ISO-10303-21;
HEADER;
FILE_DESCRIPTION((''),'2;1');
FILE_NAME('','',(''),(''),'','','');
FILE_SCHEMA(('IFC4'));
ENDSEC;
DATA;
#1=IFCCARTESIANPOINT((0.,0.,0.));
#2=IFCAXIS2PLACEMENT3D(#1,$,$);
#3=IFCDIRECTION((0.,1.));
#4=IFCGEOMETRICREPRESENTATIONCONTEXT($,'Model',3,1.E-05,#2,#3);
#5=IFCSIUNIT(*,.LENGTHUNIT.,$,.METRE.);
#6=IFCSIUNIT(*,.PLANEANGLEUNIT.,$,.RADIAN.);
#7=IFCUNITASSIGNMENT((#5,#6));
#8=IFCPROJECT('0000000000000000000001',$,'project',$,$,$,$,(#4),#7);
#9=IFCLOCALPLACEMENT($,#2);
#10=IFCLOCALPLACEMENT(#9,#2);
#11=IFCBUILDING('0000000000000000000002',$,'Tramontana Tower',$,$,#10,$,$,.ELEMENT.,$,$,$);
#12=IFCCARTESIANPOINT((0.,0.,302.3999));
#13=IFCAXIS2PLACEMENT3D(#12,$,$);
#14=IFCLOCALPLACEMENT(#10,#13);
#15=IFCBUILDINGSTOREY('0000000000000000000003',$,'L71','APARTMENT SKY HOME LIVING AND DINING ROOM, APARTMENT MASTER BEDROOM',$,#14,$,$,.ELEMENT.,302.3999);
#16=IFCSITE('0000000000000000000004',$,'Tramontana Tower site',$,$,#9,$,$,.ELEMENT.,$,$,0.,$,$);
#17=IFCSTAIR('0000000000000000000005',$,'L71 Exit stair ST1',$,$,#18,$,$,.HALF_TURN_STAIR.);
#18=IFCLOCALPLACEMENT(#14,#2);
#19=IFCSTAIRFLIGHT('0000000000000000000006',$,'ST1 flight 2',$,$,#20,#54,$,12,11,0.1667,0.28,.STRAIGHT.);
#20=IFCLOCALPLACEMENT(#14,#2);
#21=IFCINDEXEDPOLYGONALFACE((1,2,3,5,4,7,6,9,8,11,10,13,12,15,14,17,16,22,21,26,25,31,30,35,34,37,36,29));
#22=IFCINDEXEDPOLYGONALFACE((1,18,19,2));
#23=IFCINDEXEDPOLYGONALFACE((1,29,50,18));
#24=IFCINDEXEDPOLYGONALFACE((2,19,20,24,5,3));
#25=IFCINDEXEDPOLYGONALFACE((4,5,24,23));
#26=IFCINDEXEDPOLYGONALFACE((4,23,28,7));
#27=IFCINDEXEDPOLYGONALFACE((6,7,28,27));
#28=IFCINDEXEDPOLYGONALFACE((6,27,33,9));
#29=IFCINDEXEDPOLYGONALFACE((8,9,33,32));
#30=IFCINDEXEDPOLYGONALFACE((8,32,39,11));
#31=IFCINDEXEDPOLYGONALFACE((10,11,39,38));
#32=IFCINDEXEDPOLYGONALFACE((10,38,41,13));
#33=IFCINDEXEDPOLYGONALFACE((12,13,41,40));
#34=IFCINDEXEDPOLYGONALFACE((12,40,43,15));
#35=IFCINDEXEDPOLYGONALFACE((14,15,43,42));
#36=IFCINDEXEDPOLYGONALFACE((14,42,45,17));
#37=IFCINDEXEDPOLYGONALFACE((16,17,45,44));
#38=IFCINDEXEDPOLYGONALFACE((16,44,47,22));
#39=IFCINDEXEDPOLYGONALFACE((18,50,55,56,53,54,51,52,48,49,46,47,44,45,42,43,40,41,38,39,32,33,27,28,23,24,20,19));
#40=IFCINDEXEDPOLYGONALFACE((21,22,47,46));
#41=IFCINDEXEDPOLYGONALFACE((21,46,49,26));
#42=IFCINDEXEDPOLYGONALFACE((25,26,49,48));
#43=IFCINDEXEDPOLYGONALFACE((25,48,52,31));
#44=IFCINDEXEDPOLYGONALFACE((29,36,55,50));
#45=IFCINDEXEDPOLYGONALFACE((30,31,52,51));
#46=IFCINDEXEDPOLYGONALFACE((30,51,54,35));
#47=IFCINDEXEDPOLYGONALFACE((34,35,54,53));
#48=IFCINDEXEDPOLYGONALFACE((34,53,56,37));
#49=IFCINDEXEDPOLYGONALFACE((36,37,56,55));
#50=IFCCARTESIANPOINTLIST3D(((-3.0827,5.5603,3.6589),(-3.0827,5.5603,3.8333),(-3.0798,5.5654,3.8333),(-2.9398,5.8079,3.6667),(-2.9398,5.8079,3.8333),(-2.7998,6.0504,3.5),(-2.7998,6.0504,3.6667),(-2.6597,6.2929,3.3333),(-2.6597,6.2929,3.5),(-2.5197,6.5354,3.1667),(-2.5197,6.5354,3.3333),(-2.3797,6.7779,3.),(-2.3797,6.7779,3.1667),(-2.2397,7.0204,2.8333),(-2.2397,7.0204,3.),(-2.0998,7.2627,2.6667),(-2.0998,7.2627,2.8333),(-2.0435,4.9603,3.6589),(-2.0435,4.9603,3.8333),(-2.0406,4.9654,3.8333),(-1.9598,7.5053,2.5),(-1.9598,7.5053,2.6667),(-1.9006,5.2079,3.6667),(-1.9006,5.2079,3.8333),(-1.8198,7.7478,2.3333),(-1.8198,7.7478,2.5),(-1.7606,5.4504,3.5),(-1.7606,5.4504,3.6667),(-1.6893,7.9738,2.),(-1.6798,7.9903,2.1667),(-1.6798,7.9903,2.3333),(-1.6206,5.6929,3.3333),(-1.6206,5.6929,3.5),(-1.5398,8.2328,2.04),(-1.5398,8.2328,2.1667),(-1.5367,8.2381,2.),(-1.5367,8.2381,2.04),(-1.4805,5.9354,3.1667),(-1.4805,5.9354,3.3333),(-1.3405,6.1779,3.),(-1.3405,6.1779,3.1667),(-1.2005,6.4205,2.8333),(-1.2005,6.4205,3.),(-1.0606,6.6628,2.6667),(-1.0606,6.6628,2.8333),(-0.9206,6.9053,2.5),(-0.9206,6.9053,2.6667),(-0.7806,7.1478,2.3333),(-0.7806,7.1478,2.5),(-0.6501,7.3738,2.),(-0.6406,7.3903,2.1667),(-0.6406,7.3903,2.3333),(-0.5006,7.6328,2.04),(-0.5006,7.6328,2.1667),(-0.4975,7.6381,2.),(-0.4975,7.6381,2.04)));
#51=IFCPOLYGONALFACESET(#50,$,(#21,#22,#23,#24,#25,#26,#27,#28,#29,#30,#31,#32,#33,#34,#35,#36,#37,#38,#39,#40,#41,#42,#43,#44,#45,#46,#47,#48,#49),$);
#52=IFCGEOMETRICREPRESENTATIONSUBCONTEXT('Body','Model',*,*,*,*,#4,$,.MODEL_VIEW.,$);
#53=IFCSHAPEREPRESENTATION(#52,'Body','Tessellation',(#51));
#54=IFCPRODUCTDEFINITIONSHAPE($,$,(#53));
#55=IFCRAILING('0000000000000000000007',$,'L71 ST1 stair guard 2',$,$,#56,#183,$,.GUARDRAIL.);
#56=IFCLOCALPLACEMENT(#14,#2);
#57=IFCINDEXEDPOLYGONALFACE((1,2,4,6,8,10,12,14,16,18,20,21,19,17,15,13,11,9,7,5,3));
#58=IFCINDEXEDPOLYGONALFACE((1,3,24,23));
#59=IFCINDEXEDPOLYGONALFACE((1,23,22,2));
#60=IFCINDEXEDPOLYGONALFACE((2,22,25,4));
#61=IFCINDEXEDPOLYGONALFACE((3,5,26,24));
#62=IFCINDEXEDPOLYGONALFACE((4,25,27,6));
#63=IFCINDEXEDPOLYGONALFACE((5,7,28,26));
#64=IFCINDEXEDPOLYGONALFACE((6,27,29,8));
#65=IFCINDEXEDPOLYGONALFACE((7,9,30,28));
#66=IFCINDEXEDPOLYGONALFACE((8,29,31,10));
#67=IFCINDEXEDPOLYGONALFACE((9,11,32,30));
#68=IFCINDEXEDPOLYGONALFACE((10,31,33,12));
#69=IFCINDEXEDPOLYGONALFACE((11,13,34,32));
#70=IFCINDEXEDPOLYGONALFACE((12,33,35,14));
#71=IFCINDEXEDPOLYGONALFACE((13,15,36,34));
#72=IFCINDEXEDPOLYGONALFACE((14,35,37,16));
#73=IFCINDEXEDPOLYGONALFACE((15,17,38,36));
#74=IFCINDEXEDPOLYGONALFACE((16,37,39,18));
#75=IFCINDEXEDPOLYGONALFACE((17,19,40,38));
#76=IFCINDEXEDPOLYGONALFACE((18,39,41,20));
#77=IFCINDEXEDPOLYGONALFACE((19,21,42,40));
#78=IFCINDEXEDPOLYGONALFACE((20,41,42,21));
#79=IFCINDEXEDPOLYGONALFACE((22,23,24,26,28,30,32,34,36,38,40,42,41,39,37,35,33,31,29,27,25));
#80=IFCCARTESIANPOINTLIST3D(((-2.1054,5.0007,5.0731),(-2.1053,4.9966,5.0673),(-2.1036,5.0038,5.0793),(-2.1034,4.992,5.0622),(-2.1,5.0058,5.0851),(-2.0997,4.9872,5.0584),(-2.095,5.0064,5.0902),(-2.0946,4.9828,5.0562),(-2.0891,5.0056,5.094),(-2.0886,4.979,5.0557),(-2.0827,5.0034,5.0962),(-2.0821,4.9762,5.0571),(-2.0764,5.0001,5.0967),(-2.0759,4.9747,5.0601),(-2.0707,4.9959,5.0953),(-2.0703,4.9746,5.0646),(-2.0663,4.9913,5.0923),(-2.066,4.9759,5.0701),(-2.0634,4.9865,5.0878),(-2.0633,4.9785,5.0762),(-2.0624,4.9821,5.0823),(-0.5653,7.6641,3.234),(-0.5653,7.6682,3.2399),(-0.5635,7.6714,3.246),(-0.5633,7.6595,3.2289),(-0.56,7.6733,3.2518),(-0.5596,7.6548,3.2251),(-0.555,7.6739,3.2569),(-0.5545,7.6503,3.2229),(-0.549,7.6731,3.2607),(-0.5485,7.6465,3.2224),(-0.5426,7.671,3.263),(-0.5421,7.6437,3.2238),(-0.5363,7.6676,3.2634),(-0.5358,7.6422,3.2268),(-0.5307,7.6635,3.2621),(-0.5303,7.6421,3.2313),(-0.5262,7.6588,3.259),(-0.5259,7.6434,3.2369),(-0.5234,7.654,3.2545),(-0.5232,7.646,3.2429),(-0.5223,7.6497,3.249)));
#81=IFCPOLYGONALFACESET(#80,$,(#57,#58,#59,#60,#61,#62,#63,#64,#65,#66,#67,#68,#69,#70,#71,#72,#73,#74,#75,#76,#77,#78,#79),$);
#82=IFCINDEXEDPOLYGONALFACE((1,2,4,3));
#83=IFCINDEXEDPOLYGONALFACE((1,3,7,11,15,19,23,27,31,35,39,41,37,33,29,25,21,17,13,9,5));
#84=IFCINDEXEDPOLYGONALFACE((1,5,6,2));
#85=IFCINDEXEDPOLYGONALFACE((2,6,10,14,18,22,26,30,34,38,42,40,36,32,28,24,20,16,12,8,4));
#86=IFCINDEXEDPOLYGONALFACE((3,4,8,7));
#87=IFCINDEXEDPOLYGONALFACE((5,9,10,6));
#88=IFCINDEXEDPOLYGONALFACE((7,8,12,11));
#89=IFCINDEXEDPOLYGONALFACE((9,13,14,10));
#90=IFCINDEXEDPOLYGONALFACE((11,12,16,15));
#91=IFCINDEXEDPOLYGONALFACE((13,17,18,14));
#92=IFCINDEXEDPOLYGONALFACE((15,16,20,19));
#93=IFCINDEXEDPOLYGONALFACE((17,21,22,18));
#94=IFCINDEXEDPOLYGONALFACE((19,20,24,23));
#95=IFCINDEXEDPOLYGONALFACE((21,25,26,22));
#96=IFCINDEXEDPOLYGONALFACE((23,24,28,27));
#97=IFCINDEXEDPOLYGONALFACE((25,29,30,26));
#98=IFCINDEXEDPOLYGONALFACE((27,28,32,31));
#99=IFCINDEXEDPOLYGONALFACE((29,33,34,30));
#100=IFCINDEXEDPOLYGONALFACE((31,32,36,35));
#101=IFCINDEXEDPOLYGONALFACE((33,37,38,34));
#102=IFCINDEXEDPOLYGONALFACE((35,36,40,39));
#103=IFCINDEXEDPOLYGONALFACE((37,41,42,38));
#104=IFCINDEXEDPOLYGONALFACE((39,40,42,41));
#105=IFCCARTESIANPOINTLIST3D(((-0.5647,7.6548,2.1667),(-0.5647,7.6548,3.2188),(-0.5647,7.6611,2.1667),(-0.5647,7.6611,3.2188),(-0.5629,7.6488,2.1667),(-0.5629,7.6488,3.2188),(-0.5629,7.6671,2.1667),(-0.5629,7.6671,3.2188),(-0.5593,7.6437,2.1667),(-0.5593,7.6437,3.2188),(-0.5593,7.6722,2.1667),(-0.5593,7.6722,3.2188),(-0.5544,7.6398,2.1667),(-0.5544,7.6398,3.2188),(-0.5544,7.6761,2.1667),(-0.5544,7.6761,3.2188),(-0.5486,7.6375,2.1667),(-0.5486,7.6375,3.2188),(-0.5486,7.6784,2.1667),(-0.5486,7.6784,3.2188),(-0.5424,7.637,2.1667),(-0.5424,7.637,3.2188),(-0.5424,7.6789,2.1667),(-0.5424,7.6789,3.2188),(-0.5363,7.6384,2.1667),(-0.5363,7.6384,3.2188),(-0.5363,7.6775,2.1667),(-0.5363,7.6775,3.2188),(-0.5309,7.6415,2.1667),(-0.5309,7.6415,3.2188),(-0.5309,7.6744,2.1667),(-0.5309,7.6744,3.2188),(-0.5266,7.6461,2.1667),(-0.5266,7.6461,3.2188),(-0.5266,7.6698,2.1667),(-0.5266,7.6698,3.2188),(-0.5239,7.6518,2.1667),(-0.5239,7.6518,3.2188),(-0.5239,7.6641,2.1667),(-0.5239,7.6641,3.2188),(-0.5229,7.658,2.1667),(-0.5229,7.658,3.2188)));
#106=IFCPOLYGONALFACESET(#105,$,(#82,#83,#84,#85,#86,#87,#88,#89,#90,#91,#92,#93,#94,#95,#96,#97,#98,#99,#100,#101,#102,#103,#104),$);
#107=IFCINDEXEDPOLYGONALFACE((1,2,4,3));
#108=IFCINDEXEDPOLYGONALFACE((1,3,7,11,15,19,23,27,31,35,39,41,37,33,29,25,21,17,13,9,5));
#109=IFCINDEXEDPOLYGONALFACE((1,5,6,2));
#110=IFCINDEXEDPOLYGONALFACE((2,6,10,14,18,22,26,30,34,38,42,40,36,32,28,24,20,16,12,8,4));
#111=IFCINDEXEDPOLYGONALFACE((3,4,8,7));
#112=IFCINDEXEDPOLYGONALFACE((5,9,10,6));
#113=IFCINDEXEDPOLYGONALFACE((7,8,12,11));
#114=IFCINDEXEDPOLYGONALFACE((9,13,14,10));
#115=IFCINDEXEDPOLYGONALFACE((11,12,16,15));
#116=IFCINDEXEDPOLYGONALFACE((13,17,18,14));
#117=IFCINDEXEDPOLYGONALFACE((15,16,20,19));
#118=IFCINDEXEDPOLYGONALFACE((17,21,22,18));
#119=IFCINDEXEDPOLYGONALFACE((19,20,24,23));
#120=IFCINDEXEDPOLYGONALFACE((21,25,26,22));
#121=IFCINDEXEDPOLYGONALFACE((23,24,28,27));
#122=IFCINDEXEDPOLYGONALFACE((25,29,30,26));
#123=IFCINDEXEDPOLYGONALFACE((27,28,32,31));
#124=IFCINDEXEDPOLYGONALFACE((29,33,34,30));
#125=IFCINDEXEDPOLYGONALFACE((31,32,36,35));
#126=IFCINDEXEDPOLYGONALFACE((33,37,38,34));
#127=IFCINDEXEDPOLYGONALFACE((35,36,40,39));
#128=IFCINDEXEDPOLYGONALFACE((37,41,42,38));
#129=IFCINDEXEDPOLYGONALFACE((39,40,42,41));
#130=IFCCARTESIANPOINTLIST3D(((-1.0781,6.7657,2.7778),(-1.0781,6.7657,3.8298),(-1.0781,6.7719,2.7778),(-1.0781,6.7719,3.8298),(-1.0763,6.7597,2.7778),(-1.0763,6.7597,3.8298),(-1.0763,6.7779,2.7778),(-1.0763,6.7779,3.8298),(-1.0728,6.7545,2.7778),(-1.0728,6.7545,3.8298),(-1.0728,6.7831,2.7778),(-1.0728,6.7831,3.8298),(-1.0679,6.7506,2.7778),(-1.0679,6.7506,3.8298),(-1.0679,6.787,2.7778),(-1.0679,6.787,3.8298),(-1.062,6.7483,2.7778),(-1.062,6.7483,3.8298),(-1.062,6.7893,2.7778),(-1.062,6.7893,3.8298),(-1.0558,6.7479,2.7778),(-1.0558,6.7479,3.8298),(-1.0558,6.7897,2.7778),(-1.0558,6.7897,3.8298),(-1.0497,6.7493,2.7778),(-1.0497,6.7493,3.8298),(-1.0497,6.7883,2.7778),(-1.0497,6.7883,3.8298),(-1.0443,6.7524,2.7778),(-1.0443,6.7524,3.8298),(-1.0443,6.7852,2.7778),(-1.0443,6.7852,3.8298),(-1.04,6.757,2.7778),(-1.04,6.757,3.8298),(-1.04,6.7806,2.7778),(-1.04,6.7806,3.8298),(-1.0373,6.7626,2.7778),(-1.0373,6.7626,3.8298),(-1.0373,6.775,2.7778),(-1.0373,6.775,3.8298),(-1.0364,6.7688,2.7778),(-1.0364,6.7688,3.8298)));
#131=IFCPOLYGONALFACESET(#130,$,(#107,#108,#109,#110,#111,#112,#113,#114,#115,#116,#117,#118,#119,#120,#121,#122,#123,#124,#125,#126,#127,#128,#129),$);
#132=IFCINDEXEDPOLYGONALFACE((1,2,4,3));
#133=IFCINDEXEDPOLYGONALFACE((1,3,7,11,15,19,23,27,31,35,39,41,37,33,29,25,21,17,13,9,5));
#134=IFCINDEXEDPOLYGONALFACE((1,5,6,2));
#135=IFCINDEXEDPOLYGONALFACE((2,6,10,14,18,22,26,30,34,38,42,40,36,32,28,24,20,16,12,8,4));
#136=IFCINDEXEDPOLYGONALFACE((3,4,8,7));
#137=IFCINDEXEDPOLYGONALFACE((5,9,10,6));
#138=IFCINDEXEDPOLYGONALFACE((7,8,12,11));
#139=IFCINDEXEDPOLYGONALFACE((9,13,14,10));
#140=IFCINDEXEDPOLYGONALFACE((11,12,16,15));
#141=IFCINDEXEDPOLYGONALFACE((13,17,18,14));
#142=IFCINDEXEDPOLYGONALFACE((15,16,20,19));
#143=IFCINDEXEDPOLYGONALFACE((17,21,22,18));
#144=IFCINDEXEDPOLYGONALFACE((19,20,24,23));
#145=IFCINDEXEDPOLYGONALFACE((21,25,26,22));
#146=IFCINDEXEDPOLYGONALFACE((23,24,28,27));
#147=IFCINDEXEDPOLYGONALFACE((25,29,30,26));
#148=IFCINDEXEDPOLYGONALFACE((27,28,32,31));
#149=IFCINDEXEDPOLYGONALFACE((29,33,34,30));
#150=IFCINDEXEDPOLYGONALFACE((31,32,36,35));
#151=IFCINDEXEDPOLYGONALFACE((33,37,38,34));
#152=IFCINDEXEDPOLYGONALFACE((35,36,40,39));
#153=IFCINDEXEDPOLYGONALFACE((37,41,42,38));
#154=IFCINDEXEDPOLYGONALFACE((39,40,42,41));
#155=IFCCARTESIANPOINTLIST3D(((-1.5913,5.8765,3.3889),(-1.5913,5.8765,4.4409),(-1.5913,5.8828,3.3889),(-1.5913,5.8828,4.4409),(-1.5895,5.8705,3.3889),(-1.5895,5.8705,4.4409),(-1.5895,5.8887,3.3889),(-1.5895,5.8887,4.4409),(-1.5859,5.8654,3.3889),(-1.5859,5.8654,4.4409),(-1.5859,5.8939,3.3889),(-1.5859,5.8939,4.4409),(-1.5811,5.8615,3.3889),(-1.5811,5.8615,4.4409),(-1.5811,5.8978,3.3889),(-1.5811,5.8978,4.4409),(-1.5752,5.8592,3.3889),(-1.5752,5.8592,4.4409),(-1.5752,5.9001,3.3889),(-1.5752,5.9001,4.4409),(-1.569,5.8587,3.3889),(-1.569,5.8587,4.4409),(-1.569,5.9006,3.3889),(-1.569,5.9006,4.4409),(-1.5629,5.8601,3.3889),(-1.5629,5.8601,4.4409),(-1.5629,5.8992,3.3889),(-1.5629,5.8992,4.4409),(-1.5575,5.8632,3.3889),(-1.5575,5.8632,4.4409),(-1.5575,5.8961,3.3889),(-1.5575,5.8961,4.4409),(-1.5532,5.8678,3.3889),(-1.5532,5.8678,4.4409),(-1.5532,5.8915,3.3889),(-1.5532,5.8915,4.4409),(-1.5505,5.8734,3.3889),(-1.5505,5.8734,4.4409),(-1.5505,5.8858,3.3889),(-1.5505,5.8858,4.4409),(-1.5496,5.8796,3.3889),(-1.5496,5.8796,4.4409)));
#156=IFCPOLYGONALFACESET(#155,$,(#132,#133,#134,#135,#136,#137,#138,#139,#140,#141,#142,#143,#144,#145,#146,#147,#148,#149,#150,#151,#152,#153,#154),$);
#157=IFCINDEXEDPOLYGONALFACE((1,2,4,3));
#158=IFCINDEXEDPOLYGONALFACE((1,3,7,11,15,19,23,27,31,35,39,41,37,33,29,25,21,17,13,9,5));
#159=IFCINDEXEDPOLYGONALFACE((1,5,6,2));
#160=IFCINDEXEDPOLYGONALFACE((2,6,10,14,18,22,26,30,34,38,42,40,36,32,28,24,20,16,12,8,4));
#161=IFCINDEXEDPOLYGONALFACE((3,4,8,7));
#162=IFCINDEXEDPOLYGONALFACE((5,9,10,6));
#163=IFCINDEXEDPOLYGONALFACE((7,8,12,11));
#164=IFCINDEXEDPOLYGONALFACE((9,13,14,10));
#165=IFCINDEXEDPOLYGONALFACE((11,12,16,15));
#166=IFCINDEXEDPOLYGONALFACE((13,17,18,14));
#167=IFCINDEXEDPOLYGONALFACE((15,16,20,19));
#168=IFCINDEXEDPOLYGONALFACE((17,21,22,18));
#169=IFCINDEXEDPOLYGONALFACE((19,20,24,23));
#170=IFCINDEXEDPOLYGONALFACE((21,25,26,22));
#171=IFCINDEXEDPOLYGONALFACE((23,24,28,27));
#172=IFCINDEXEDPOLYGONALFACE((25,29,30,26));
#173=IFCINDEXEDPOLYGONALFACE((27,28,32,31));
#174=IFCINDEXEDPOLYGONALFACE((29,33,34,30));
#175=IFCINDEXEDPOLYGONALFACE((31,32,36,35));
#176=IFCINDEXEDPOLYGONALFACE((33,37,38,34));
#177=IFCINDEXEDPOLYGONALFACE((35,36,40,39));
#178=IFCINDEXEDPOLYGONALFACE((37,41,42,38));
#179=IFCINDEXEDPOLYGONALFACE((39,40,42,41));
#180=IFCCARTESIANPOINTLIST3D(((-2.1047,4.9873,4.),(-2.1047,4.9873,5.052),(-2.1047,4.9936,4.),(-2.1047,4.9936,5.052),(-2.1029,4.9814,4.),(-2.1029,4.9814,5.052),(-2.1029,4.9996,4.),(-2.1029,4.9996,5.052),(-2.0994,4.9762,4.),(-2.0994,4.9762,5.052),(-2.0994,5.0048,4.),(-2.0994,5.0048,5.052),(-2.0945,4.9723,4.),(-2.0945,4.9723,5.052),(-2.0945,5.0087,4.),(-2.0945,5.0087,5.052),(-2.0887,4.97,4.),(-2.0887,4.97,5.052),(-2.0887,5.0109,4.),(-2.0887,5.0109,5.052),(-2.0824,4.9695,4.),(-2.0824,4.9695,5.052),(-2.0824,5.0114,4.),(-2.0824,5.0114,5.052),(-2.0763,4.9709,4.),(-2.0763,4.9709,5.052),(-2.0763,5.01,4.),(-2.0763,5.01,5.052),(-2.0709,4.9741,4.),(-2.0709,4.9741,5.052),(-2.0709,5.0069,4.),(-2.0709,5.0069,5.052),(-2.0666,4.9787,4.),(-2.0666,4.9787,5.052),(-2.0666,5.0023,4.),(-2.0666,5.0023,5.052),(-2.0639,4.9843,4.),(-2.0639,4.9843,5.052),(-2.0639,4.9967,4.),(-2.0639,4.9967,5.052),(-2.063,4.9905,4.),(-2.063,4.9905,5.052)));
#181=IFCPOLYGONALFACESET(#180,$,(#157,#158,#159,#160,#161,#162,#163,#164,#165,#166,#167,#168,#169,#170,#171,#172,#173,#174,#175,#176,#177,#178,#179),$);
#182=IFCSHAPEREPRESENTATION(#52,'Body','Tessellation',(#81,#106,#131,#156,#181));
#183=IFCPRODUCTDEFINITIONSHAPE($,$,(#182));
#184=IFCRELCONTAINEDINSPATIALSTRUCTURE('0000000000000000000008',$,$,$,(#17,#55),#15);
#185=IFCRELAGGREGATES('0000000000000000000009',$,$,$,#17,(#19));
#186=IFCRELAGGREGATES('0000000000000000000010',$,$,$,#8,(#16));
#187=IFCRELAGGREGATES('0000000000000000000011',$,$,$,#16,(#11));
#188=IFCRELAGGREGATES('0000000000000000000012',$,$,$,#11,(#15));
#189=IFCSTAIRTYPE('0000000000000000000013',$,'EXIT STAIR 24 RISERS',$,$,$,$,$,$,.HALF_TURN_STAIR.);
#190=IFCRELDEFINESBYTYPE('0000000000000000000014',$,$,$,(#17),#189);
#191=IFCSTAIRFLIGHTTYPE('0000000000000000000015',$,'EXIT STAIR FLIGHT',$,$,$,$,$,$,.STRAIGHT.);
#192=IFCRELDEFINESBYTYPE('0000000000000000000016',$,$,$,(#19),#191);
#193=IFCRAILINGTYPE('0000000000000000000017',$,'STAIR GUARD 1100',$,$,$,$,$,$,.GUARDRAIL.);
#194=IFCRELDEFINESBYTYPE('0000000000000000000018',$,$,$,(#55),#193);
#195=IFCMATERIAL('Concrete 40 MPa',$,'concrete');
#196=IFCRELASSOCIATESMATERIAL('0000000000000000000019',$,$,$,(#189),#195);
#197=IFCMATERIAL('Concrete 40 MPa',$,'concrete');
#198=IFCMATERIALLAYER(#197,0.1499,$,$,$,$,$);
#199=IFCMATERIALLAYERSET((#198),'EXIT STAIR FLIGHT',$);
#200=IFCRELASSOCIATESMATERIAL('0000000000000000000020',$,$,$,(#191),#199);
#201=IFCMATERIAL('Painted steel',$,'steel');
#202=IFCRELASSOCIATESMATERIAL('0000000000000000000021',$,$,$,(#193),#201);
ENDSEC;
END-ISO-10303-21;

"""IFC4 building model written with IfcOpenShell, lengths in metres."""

from ifc_helpers import new_model, si_unit, direction, frame, origin, origin_2d, place, context, subcontext, project, spatial, polyline, circle, outline, extrude, material, layer, layer_set, type_object, element, aggregate, save


model = new_model("IFC4")

# Units and contexts
model_context = context("Model", 3, precision=1e-05, world=origin(), true_north=direction((0.0, 1.0)))
body_context = subcontext(model_context, "Body", "Model", "MODEL_VIEW")
ifc_project = project(units=[si_unit("LENGTHUNIT", "METRE"), si_unit("PLANEANGLEUNIT", "RADIAN")], contexts=[model_context])

# Site, building, storey
site_placement = place(None, origin())
site = spatial("IfcSite", under=ifc_project, at=site_placement, Name="Tramontana Tower site", CompositionType="ELEMENT", RefElevation=0.0)
building_placement = place(site_placement, origin())
building = spatial("IfcBuilding", under=site, at=building_placement, Name="Tramontana Tower", CompositionType="ELEMENT")
storey_placement = place(building_placement, frame((0.0, 0.0, 302.3999)))
storey = spatial("IfcBuildingStorey", under=building, at=storey_placement, Name="L71", Description="APARTMENT SKY HOME LIVING AND DINING ROOM, APARTMENT MASTER BEDROOM", CompositionType="ELEMENT", Elevation=302.3999)

# Stair, stair flight
ifc_material_1 = material(Name="Concrete 40 MPa", Category="concrete")
stair_type = type_object("IfcStairType", Name="EXIT STAIR 24 RISERS", PredefinedType="HALF_TURN_STAIR", material=ifc_material_1)
stair_placement = place(storey_placement, origin())
stair = element("IfcStair", 1, at=stair_placement, inside=storey, type_object=stair_type, Name="L71 Exit stair ST1", PredefinedType="HALF_TURN_STAIR")
ifc_material_2 = material(Name="Concrete 40 MPa", Category="concrete")
ifc_layer_1 = layer(ifc_material_2, 0.1499)
ifc_layer_set_1 = layer_set([ifc_layer_1], Name="EXIT STAIR FLIGHT")
stair_flight_type = type_object("IfcStairFlightType", Name="EXIT STAIR FLIGHT", PredefinedType="STRAIGHT", material=ifc_layer_set_1)
stair_flight_placement = place(storey_placement, frame((-1.0203, 7.9329, 2.0), z_axis=(0.0, 0.0, 1.0), x_axis=(-0.5, -0.866025, 0.0)))
stair_flight = element("IfcStairFlight", 2, at=stair_flight_placement, type_object=stair_flight_type, Name="ST1 flight 2", NumberOfRisers=12, NumberOfTreads=11, PredefinedType="STRAIGHT", RiserHeight=0.1667, TreadLength=0.28, context=body_context, shape_type="SweptSolid", body=[
    extrude(outline(polyline([(-0.0061, 0.0), (-0.0061, 0.04), (0.0, 0.04), (0.0, 0.1667), (0.28, 0.1667), (0.28, 0.3333), (0.5601, 0.3333), (0.5601, 0.5), (0.8401, 0.5), (0.8401, 0.6667), (1.1201, 0.6667), (1.1201, 0.8333), (1.3999, 0.8333), (1.3999, 1.0), (1.6799, 1.0), (1.6799, 1.1667), (1.96, 1.1667), (1.96, 1.3333), (2.24, 1.3333), (2.24, 1.5), (2.52, 1.5), (2.52, 1.6667), (2.8, 1.6667), (2.8, 1.8333), (3.0801, 1.8333), (3.0859, 1.8333), (3.0859, 1.6589), (0.2991, 0.0), (-0.0061, 0.0)])), frame((0.0, 0.6001, 0.0), z_axis=(0.0, -1.0, 0.0), x_axis=(1.0, 0.0, 0.0)), (0.0, 0.0, 1.0), 1.2),
])
aggregate(stair, [stair_flight])

# Railing
ifc_material_3 = material(Name="Painted steel", Category="steel")
railing_type_1 = type_object("IfcRailingType", Name="STAIR GUARD 1100", PredefinedType="GUARDRAIL", material=ifc_material_3)
railing_1_placement = place(storey_placement, frame((-0.5439, 7.658, 2.1667)))
element("IfcRailing", 3, at=railing_1_placement, inside=storey, type_object=railing_type_1, Name="L71 ST1 stair guard 2", PredefinedType="GUARDRAIL", context=body_context, shape_type="SweptSolid", body=[
    extrude(circle(Radius=0.0239, at=origin_2d()), frame((0.0, 0.0, 1.0762), z_axis=(-0.429649, -0.74419, 0.511452), x_axis=(0.86603, -0.499992, 0.0)), (0.0, 0.0, 1.0), 3.5845),
    extrude(circle(Radius=0.021, at=origin_2d()), origin(), (0.0, 0.0, 1.0), 1.052),
    extrude(circle(Radius=0.021, at=origin_2d()), frame((-0.5134, -0.8892, 0.6111)), (0.0, 0.0, 1.0), 1.052),
    extrude(circle(Radius=0.021, at=origin_2d()), frame((-1.0266, -1.7783, 1.2222)), (0.0, 0.0, 1.0), 1.052),
    extrude(circle(Radius=0.021, at=origin_2d()), frame((-1.54, -2.6675, 1.8333)), (0.0, 0.0, 1.0), 1.052),
])

save(model, "model.ifc")
